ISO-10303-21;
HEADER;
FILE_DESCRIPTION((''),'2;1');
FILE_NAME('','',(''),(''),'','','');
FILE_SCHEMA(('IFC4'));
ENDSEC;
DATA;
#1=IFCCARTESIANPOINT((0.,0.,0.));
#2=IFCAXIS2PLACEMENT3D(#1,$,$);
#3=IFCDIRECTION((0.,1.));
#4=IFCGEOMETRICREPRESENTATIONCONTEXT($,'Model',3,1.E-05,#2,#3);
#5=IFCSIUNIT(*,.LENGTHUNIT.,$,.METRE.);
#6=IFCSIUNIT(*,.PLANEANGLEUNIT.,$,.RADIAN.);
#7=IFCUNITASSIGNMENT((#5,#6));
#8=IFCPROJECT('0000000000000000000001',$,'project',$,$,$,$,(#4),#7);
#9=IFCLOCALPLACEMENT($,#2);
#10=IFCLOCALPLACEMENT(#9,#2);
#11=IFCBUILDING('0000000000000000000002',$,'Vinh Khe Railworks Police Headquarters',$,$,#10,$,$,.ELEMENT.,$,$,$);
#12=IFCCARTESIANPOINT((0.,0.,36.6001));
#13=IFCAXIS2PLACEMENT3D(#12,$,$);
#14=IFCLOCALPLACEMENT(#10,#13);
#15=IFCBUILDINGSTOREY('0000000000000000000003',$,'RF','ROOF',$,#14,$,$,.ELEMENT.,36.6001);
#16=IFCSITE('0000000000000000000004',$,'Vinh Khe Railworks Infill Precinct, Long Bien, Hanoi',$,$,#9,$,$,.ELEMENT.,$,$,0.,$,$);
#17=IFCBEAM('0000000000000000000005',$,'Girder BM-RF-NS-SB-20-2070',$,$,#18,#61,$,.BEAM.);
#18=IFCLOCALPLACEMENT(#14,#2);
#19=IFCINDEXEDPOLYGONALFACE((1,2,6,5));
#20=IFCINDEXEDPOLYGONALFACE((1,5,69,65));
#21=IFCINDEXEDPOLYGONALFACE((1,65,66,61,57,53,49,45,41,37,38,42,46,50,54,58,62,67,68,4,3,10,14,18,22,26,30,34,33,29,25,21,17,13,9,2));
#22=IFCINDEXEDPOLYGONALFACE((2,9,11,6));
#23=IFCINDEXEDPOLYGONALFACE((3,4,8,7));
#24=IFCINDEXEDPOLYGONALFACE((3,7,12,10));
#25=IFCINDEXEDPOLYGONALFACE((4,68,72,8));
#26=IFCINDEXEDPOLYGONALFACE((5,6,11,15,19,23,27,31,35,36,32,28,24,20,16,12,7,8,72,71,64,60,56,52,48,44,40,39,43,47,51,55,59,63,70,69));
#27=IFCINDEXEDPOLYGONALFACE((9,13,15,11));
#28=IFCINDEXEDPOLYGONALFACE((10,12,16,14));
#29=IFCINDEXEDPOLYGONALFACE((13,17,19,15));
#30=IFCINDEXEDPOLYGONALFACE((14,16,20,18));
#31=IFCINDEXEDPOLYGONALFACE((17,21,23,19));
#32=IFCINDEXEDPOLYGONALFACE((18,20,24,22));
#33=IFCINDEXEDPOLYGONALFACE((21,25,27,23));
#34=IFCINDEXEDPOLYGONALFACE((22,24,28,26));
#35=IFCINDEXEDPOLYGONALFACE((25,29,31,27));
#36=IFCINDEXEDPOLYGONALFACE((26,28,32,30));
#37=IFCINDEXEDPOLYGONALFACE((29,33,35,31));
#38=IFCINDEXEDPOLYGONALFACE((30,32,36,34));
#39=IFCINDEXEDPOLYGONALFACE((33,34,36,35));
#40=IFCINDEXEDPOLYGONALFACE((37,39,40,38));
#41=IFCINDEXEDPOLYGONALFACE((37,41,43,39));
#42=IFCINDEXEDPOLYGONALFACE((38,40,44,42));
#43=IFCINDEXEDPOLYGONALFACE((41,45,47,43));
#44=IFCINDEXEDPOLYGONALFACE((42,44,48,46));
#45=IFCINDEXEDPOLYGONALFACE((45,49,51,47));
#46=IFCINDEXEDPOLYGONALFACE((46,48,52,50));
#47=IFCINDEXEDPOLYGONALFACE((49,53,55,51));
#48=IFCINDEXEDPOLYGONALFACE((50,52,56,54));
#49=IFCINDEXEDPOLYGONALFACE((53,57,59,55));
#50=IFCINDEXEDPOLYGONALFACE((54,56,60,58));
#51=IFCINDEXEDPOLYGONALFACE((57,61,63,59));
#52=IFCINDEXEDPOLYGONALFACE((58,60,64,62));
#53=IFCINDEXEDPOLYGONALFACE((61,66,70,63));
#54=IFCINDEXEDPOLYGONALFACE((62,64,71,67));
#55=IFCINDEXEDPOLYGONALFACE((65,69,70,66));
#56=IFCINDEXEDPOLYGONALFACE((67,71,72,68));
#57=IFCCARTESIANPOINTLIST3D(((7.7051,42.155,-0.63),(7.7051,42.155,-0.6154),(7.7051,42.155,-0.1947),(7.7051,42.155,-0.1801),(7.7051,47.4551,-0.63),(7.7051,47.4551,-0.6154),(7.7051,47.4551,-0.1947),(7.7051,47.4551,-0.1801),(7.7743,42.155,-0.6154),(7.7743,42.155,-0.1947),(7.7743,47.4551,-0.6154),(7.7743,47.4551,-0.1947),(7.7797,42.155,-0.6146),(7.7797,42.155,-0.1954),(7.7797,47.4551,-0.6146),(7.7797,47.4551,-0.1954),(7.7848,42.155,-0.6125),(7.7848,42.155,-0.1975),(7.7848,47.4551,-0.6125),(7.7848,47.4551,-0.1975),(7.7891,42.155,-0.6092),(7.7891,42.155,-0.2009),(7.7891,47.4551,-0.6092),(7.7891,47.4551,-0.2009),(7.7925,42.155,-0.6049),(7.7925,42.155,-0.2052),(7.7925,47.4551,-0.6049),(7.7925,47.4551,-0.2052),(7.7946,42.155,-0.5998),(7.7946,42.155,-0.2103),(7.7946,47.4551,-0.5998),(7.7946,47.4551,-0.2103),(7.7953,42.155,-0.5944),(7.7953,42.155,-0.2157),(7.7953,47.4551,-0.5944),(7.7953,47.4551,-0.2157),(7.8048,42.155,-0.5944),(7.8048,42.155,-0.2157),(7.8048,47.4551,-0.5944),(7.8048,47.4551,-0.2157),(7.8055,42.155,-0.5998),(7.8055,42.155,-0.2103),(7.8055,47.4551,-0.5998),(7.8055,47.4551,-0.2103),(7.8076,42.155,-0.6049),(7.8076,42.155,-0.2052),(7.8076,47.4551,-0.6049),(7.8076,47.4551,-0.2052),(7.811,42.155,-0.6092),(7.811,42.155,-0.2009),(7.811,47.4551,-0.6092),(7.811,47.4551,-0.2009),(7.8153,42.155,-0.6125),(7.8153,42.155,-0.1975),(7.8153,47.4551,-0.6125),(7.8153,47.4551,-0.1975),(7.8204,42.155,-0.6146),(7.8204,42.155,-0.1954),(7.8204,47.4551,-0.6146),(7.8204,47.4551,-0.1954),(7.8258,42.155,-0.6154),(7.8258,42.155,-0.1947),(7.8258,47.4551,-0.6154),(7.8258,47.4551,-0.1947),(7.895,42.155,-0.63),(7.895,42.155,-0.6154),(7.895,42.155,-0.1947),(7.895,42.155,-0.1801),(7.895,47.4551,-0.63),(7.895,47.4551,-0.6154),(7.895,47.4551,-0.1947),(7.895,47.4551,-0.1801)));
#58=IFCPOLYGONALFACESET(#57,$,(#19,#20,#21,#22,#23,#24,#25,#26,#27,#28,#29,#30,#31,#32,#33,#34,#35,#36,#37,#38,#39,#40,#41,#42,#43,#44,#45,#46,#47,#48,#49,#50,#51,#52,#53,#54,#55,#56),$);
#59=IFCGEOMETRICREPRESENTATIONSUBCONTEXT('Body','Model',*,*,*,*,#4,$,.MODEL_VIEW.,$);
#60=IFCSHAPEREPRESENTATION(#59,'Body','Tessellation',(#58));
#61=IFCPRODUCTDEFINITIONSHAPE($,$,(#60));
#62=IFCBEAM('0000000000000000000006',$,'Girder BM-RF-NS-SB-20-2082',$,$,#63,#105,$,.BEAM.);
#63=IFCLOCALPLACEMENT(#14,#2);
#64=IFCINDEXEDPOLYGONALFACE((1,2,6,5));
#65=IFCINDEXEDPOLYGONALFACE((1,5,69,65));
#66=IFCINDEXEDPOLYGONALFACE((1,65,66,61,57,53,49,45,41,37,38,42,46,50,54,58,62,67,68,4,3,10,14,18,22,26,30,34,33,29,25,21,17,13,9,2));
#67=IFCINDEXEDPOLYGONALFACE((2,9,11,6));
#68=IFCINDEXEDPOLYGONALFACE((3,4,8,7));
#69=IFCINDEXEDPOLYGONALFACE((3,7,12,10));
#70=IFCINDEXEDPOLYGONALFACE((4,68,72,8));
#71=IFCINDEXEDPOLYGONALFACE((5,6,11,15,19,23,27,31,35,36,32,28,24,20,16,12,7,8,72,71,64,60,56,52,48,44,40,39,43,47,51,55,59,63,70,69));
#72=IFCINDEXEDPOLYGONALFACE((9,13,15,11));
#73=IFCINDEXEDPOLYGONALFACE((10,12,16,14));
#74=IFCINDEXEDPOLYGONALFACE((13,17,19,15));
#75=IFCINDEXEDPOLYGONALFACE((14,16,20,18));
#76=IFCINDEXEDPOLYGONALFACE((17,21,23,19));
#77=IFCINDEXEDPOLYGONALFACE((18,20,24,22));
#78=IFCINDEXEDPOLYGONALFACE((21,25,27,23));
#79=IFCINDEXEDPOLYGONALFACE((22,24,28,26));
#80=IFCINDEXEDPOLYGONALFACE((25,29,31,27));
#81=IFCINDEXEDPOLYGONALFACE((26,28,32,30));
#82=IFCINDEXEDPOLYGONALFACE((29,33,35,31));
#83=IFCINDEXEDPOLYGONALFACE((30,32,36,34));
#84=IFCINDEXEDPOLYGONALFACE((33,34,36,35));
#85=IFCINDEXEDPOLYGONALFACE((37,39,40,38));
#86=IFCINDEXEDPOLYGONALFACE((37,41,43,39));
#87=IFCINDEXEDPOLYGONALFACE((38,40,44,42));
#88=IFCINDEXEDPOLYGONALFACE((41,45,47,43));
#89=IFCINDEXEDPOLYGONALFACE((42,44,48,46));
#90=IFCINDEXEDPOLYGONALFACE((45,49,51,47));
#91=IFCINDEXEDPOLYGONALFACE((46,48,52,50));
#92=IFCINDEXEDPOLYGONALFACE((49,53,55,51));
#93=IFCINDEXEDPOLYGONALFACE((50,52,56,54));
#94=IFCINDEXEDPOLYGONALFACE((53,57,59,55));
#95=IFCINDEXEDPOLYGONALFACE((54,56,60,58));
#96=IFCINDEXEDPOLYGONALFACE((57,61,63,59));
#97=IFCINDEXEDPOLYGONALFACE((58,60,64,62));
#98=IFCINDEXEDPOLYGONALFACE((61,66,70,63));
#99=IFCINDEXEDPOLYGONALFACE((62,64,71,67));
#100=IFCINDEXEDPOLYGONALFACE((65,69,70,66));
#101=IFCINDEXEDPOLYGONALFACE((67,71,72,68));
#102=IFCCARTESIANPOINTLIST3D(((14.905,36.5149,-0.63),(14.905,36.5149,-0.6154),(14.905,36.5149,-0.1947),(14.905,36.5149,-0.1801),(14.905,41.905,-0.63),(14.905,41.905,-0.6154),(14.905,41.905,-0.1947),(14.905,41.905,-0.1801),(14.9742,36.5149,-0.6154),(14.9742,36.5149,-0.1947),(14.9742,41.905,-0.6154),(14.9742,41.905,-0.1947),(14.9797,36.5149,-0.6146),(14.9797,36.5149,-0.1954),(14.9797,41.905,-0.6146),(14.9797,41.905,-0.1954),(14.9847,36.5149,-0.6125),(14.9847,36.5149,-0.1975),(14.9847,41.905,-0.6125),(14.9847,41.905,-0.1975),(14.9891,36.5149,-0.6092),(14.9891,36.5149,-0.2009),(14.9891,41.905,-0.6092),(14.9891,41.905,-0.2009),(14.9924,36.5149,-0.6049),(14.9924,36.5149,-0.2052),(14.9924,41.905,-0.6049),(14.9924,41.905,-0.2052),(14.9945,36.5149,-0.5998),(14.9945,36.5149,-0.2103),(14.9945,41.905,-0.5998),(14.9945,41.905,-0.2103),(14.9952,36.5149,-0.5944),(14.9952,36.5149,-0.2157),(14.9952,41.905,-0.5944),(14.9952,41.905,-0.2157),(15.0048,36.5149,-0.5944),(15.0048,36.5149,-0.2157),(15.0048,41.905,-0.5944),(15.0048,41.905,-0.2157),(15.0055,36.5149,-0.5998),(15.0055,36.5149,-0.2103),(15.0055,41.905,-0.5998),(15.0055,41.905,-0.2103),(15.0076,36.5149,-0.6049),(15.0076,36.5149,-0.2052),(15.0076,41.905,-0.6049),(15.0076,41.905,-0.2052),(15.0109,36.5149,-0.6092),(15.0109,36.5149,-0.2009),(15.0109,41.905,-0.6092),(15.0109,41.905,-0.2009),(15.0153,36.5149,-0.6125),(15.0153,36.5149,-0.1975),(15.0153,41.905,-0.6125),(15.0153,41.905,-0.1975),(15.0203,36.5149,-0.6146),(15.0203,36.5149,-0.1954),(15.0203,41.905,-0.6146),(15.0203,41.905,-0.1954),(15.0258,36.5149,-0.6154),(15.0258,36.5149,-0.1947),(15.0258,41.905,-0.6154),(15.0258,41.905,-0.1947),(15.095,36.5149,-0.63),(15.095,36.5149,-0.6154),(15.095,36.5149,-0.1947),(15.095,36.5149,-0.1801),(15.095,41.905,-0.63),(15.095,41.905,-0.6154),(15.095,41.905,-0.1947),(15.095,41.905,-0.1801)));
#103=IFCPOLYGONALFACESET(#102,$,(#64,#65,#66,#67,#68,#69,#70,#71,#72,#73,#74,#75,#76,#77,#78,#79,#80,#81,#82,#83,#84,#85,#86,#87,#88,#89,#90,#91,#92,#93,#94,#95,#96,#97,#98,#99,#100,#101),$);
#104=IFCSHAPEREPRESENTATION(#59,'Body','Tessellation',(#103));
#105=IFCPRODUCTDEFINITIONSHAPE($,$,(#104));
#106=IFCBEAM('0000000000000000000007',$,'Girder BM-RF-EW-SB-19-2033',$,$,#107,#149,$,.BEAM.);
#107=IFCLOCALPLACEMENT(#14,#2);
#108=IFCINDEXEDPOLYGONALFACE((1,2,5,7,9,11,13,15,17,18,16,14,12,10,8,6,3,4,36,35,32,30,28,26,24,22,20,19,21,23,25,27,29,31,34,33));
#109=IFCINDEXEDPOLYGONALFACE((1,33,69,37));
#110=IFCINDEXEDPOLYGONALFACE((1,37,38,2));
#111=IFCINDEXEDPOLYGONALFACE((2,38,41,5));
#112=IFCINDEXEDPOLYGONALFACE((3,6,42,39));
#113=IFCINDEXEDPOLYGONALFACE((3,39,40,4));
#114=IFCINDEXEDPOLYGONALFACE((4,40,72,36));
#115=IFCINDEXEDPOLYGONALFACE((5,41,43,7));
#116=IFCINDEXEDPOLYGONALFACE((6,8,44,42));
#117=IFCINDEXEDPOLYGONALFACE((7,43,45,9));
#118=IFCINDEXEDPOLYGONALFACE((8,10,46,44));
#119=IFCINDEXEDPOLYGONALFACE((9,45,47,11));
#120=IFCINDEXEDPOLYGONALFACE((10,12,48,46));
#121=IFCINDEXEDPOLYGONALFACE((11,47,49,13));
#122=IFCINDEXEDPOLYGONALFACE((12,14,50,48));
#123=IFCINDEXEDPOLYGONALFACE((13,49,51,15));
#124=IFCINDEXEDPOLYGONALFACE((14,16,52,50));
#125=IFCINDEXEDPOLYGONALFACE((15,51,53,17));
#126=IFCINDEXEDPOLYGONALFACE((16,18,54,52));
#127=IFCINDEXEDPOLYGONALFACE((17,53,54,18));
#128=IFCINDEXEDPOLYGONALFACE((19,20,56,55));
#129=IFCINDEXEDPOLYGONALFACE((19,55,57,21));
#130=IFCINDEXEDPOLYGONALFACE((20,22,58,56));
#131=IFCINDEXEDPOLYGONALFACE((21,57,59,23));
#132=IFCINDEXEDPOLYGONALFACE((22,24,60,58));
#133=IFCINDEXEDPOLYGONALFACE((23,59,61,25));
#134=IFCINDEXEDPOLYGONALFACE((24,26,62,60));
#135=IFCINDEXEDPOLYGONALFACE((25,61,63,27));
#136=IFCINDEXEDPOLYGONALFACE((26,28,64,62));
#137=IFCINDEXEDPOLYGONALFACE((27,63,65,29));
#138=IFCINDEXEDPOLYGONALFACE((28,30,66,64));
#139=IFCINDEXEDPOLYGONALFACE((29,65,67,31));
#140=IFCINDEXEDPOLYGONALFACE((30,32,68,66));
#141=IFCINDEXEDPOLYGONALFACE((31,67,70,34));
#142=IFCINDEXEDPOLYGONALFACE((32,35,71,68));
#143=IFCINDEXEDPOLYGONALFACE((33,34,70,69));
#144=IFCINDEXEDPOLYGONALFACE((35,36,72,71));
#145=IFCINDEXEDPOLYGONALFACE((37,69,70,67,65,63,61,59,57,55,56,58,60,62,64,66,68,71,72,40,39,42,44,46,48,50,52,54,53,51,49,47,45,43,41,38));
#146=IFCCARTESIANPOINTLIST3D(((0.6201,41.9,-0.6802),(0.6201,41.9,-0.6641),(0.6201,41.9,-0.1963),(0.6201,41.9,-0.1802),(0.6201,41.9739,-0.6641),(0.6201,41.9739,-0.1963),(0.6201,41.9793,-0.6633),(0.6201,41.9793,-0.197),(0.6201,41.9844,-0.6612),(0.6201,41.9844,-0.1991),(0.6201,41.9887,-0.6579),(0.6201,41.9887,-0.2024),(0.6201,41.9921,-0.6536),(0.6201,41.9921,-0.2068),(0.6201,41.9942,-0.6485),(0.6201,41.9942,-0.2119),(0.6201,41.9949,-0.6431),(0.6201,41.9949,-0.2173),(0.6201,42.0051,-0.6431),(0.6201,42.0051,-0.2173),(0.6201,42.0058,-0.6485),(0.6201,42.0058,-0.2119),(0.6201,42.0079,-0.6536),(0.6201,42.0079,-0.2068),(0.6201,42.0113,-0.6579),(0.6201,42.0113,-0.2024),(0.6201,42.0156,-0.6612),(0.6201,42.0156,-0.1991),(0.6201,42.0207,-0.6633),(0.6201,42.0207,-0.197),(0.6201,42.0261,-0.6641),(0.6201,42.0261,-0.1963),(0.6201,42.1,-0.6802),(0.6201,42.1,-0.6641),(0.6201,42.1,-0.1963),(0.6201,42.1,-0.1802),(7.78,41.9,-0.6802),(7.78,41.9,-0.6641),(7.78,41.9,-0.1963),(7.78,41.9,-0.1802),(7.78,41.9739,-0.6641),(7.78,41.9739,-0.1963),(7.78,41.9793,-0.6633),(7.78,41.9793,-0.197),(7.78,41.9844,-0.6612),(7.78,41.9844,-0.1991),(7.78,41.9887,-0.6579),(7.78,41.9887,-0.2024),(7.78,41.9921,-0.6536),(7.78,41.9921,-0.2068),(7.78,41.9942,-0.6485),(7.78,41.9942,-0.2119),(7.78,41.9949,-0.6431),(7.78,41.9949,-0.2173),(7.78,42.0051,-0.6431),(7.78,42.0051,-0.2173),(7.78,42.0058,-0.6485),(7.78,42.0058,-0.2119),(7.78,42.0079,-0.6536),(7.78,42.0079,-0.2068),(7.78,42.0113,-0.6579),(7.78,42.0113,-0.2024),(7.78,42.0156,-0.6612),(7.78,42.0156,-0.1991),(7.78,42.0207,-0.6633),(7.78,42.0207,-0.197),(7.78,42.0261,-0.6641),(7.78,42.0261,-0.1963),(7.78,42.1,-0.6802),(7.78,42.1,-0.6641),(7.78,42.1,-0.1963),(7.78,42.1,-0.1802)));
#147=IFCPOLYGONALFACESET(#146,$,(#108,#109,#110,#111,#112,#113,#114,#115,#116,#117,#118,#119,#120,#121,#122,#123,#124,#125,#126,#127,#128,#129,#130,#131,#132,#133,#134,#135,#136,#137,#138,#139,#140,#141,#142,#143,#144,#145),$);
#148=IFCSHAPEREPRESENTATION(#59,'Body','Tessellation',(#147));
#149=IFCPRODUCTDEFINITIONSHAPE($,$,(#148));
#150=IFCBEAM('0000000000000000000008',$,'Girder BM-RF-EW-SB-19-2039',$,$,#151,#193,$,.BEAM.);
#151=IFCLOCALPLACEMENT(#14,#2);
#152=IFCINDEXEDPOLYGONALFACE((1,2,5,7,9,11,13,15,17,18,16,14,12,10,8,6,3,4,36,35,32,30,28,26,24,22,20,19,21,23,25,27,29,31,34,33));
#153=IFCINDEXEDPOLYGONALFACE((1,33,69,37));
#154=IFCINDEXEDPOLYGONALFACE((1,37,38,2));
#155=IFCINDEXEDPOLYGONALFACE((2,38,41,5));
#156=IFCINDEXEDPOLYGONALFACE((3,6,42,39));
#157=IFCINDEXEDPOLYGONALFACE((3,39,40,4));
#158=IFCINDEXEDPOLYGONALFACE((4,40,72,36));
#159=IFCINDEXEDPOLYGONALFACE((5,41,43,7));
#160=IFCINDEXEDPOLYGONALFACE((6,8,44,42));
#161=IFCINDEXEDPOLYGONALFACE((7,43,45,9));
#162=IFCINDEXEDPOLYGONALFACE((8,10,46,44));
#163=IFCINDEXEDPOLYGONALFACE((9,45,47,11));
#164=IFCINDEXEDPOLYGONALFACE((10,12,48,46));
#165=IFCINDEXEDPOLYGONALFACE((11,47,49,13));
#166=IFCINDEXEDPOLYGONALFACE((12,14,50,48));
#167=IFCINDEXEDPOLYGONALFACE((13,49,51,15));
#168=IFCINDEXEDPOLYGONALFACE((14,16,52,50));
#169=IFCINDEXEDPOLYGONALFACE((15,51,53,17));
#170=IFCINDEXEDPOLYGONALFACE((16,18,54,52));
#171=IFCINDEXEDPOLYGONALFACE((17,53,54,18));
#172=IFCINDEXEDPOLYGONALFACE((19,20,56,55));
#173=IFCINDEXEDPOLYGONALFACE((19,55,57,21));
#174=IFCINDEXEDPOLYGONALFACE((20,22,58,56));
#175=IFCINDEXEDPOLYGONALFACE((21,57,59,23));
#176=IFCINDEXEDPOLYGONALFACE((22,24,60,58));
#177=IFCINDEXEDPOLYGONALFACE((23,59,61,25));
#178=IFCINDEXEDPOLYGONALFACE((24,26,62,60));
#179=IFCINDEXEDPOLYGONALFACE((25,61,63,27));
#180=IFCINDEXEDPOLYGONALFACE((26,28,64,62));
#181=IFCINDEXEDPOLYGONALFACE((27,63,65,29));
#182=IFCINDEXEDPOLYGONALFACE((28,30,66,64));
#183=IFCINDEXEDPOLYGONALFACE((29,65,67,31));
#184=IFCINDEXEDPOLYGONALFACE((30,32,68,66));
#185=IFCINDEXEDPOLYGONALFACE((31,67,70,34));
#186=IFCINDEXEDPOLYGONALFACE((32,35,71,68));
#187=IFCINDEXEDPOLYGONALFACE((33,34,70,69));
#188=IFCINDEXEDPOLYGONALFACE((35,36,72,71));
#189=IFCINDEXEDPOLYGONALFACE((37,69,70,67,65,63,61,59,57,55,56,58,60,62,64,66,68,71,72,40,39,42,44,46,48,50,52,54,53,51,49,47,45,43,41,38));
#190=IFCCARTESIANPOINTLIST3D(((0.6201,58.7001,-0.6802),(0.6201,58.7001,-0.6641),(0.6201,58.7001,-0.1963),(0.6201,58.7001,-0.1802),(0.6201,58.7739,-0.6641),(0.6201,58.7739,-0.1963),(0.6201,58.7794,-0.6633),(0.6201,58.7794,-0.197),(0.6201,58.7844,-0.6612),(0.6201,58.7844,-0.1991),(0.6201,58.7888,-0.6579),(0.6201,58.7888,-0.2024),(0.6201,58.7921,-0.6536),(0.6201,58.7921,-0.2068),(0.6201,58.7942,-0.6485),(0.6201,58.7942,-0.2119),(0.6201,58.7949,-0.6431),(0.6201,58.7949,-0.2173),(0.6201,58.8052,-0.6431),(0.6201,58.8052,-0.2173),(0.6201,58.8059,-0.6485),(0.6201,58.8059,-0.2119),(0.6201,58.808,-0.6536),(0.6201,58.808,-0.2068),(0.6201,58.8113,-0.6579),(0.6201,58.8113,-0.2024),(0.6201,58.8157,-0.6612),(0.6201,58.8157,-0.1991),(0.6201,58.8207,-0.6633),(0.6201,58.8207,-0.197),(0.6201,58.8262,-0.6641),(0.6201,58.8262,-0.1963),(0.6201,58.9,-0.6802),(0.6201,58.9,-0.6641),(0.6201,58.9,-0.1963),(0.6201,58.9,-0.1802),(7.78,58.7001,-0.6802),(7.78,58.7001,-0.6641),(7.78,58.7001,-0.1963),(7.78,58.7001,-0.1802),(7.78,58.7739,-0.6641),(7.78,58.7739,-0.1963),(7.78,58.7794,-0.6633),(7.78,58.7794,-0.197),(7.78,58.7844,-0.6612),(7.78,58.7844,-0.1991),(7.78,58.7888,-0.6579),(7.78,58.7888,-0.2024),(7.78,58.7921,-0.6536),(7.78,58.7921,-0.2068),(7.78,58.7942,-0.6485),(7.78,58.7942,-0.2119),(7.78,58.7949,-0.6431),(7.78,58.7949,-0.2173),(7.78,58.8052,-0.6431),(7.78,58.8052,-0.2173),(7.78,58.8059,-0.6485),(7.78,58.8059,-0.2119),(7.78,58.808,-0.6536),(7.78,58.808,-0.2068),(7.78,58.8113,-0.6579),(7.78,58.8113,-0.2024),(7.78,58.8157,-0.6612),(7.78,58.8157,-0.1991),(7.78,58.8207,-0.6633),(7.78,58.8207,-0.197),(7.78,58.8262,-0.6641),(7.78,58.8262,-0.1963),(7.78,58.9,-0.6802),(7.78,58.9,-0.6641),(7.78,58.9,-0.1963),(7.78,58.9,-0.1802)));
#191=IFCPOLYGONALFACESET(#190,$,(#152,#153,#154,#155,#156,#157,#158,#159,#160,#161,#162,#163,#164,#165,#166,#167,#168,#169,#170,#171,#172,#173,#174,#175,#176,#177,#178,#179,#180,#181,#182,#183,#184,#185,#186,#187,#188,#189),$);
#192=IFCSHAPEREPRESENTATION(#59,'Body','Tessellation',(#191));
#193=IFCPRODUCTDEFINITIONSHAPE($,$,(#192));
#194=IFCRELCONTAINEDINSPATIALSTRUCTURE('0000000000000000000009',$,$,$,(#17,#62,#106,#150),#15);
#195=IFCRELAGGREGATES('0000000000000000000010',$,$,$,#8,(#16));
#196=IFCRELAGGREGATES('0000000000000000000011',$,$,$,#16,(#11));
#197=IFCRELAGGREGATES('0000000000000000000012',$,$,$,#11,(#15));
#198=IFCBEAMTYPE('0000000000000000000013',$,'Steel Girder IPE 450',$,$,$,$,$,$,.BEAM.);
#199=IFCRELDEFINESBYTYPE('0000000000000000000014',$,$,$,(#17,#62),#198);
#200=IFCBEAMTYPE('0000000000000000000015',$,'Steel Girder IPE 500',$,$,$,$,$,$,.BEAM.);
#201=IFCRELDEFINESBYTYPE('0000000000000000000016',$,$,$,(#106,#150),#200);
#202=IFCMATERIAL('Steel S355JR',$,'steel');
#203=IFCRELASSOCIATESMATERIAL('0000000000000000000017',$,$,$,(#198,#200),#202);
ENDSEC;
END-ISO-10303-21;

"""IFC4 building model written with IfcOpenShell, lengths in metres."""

from ifc_helpers import new_model, si_unit, direction, frame, origin, origin_2d, place, context, subcontext, project, spatial, i_section, extrude, material, material_profile, profile_set, type_object, element, save


model = new_model("IFC4")

# Units and contexts
model_context = context("Model", 3, precision=1e-05, world=origin(), true_north=direction((0.0, 1.0)))
body_context = subcontext(model_context, "Body", "Model", "MODEL_VIEW")
ifc_project = project(units=[si_unit("LENGTHUNIT", "METRE"), si_unit("PLANEANGLEUNIT", "RADIAN")], contexts=[model_context])

# Site, building, storey
site_placement = place(None, origin())
site = spatial("IfcSite", under=ifc_project, at=site_placement, Name="Vinh Khe Railworks Infill Precinct, Long Bien, Hanoi", CompositionType="ELEMENT", RefElevation=0.0)
building_placement = place(site_placement, origin())
building = spatial("IfcBuilding", under=site, at=building_placement, Name="Vinh Khe Railworks Police Headquarters", CompositionType="ELEMENT")
storey_placement = place(building_placement, frame((0.0, 0.0, 36.6001)))
storey = spatial("IfcBuildingStorey", under=building, at=storey_placement, Name="RF", Description="ROOF", CompositionType="ELEMENT", Elevation=36.6001)

# Shared definitions
ifc_material_1 = material(Name="Steel S355JR", Category="steel")

# Beams
ifc_material_profile_1 = material_profile(ifc_material_1, i_section(OverallWidth=0.1899, OverallDepth=0.45, WebThickness=0.0095, FlangeThickness=0.0146, FilletRadius=0.021, at=origin_2d()), Name="IPE 450")
ifc_profile_set_1 = profile_set([ifc_material_profile_1], Name="Steel S355JR")
beam_type_1 = type_object("IfcBeamType", Name="Steel Girder IPE 450", PredefinedType="BEAM", material=ifc_profile_set_1)
beam_1_placement = place(storey_placement, frame((7.8, 42.155, -0.405), z_axis=(0.0, 1.0, 0.0), x_axis=(-1.0, 0.0, 0.0)))
element("IfcBeam", 1, at=beam_1_placement, inside=storey, type_object=beam_type_1, Name="Girder BM-RF-NS-SB-20-2070", PredefinedType="BEAM", context=body_context, shape_type="SweptSolid", body=[
    extrude(i_section(OverallWidth=0.1899, OverallDepth=0.45, WebThickness=0.0095, FlangeThickness=0.0146, FilletRadius=0.021, at=origin_2d()), origin(), (0.0, 0.0, 1.0), 5.3),
])
beam_2_placement = place(storey_placement, frame((15.0, 36.5149, -0.405), z_axis=(0.0, 1.0, 0.0), x_axis=(-1.0, 0.0, 0.0)))
element("IfcBeam", 2, at=beam_2_placement, inside=storey, type_object=beam_type_1, Name="Girder BM-RF-NS-SB-20-2082", PredefinedType="BEAM", context=body_context, shape_type="SweptSolid", body=[
    extrude(i_section(OverallWidth=0.1899, OverallDepth=0.45, WebThickness=0.0095, FlangeThickness=0.0146, FilletRadius=0.021, at=origin_2d()), origin(), (0.0, 0.0, 1.0), 5.3901),
])
ifc_material_profile_2 = material_profile(ifc_material_1, i_section(OverallWidth=0.2, OverallDepth=0.5, WebThickness=0.0103, FlangeThickness=0.0161, FilletRadius=0.021, at=origin_2d()), Name="IPE 500")
ifc_profile_set_2 = profile_set([ifc_material_profile_2], Name="Steel S355JR")
beam_type_2 = type_object("IfcBeamType", Name="Steel Girder IPE 500", PredefinedType="BEAM", material=ifc_profile_set_2)
for number, where, z_axis, x_axis, name in (
    (3, (0.6201, 42.0, -0.4302), (1.0, 0.0, 0.0), (0.0, 1.0, 0.0), "Girder BM-RF-EW-SB-19-2033"),
    (4, (0.6201, 58.8, -0.4302), (1.0, 0.0, 0.0), (0.0, 1.0, 0.0), "Girder BM-RF-EW-SB-19-2039"),
):
    element("IfcBeam", number, at=place(storey_placement, frame(where, z_axis=z_axis, x_axis=x_axis)), inside=storey, type_object=beam_type_2, Name=name, PredefinedType="BEAM", context=body_context, shape_type="SweptSolid", body=[
        extrude(i_section(OverallWidth=0.2, OverallDepth=0.5, WebThickness=0.0103, FlangeThickness=0.0161, FilletRadius=0.021, at=origin_2d()), origin(), (0.0, 0.0, 1.0), 7.1599),
    ])

save(model, "model.ifc")
